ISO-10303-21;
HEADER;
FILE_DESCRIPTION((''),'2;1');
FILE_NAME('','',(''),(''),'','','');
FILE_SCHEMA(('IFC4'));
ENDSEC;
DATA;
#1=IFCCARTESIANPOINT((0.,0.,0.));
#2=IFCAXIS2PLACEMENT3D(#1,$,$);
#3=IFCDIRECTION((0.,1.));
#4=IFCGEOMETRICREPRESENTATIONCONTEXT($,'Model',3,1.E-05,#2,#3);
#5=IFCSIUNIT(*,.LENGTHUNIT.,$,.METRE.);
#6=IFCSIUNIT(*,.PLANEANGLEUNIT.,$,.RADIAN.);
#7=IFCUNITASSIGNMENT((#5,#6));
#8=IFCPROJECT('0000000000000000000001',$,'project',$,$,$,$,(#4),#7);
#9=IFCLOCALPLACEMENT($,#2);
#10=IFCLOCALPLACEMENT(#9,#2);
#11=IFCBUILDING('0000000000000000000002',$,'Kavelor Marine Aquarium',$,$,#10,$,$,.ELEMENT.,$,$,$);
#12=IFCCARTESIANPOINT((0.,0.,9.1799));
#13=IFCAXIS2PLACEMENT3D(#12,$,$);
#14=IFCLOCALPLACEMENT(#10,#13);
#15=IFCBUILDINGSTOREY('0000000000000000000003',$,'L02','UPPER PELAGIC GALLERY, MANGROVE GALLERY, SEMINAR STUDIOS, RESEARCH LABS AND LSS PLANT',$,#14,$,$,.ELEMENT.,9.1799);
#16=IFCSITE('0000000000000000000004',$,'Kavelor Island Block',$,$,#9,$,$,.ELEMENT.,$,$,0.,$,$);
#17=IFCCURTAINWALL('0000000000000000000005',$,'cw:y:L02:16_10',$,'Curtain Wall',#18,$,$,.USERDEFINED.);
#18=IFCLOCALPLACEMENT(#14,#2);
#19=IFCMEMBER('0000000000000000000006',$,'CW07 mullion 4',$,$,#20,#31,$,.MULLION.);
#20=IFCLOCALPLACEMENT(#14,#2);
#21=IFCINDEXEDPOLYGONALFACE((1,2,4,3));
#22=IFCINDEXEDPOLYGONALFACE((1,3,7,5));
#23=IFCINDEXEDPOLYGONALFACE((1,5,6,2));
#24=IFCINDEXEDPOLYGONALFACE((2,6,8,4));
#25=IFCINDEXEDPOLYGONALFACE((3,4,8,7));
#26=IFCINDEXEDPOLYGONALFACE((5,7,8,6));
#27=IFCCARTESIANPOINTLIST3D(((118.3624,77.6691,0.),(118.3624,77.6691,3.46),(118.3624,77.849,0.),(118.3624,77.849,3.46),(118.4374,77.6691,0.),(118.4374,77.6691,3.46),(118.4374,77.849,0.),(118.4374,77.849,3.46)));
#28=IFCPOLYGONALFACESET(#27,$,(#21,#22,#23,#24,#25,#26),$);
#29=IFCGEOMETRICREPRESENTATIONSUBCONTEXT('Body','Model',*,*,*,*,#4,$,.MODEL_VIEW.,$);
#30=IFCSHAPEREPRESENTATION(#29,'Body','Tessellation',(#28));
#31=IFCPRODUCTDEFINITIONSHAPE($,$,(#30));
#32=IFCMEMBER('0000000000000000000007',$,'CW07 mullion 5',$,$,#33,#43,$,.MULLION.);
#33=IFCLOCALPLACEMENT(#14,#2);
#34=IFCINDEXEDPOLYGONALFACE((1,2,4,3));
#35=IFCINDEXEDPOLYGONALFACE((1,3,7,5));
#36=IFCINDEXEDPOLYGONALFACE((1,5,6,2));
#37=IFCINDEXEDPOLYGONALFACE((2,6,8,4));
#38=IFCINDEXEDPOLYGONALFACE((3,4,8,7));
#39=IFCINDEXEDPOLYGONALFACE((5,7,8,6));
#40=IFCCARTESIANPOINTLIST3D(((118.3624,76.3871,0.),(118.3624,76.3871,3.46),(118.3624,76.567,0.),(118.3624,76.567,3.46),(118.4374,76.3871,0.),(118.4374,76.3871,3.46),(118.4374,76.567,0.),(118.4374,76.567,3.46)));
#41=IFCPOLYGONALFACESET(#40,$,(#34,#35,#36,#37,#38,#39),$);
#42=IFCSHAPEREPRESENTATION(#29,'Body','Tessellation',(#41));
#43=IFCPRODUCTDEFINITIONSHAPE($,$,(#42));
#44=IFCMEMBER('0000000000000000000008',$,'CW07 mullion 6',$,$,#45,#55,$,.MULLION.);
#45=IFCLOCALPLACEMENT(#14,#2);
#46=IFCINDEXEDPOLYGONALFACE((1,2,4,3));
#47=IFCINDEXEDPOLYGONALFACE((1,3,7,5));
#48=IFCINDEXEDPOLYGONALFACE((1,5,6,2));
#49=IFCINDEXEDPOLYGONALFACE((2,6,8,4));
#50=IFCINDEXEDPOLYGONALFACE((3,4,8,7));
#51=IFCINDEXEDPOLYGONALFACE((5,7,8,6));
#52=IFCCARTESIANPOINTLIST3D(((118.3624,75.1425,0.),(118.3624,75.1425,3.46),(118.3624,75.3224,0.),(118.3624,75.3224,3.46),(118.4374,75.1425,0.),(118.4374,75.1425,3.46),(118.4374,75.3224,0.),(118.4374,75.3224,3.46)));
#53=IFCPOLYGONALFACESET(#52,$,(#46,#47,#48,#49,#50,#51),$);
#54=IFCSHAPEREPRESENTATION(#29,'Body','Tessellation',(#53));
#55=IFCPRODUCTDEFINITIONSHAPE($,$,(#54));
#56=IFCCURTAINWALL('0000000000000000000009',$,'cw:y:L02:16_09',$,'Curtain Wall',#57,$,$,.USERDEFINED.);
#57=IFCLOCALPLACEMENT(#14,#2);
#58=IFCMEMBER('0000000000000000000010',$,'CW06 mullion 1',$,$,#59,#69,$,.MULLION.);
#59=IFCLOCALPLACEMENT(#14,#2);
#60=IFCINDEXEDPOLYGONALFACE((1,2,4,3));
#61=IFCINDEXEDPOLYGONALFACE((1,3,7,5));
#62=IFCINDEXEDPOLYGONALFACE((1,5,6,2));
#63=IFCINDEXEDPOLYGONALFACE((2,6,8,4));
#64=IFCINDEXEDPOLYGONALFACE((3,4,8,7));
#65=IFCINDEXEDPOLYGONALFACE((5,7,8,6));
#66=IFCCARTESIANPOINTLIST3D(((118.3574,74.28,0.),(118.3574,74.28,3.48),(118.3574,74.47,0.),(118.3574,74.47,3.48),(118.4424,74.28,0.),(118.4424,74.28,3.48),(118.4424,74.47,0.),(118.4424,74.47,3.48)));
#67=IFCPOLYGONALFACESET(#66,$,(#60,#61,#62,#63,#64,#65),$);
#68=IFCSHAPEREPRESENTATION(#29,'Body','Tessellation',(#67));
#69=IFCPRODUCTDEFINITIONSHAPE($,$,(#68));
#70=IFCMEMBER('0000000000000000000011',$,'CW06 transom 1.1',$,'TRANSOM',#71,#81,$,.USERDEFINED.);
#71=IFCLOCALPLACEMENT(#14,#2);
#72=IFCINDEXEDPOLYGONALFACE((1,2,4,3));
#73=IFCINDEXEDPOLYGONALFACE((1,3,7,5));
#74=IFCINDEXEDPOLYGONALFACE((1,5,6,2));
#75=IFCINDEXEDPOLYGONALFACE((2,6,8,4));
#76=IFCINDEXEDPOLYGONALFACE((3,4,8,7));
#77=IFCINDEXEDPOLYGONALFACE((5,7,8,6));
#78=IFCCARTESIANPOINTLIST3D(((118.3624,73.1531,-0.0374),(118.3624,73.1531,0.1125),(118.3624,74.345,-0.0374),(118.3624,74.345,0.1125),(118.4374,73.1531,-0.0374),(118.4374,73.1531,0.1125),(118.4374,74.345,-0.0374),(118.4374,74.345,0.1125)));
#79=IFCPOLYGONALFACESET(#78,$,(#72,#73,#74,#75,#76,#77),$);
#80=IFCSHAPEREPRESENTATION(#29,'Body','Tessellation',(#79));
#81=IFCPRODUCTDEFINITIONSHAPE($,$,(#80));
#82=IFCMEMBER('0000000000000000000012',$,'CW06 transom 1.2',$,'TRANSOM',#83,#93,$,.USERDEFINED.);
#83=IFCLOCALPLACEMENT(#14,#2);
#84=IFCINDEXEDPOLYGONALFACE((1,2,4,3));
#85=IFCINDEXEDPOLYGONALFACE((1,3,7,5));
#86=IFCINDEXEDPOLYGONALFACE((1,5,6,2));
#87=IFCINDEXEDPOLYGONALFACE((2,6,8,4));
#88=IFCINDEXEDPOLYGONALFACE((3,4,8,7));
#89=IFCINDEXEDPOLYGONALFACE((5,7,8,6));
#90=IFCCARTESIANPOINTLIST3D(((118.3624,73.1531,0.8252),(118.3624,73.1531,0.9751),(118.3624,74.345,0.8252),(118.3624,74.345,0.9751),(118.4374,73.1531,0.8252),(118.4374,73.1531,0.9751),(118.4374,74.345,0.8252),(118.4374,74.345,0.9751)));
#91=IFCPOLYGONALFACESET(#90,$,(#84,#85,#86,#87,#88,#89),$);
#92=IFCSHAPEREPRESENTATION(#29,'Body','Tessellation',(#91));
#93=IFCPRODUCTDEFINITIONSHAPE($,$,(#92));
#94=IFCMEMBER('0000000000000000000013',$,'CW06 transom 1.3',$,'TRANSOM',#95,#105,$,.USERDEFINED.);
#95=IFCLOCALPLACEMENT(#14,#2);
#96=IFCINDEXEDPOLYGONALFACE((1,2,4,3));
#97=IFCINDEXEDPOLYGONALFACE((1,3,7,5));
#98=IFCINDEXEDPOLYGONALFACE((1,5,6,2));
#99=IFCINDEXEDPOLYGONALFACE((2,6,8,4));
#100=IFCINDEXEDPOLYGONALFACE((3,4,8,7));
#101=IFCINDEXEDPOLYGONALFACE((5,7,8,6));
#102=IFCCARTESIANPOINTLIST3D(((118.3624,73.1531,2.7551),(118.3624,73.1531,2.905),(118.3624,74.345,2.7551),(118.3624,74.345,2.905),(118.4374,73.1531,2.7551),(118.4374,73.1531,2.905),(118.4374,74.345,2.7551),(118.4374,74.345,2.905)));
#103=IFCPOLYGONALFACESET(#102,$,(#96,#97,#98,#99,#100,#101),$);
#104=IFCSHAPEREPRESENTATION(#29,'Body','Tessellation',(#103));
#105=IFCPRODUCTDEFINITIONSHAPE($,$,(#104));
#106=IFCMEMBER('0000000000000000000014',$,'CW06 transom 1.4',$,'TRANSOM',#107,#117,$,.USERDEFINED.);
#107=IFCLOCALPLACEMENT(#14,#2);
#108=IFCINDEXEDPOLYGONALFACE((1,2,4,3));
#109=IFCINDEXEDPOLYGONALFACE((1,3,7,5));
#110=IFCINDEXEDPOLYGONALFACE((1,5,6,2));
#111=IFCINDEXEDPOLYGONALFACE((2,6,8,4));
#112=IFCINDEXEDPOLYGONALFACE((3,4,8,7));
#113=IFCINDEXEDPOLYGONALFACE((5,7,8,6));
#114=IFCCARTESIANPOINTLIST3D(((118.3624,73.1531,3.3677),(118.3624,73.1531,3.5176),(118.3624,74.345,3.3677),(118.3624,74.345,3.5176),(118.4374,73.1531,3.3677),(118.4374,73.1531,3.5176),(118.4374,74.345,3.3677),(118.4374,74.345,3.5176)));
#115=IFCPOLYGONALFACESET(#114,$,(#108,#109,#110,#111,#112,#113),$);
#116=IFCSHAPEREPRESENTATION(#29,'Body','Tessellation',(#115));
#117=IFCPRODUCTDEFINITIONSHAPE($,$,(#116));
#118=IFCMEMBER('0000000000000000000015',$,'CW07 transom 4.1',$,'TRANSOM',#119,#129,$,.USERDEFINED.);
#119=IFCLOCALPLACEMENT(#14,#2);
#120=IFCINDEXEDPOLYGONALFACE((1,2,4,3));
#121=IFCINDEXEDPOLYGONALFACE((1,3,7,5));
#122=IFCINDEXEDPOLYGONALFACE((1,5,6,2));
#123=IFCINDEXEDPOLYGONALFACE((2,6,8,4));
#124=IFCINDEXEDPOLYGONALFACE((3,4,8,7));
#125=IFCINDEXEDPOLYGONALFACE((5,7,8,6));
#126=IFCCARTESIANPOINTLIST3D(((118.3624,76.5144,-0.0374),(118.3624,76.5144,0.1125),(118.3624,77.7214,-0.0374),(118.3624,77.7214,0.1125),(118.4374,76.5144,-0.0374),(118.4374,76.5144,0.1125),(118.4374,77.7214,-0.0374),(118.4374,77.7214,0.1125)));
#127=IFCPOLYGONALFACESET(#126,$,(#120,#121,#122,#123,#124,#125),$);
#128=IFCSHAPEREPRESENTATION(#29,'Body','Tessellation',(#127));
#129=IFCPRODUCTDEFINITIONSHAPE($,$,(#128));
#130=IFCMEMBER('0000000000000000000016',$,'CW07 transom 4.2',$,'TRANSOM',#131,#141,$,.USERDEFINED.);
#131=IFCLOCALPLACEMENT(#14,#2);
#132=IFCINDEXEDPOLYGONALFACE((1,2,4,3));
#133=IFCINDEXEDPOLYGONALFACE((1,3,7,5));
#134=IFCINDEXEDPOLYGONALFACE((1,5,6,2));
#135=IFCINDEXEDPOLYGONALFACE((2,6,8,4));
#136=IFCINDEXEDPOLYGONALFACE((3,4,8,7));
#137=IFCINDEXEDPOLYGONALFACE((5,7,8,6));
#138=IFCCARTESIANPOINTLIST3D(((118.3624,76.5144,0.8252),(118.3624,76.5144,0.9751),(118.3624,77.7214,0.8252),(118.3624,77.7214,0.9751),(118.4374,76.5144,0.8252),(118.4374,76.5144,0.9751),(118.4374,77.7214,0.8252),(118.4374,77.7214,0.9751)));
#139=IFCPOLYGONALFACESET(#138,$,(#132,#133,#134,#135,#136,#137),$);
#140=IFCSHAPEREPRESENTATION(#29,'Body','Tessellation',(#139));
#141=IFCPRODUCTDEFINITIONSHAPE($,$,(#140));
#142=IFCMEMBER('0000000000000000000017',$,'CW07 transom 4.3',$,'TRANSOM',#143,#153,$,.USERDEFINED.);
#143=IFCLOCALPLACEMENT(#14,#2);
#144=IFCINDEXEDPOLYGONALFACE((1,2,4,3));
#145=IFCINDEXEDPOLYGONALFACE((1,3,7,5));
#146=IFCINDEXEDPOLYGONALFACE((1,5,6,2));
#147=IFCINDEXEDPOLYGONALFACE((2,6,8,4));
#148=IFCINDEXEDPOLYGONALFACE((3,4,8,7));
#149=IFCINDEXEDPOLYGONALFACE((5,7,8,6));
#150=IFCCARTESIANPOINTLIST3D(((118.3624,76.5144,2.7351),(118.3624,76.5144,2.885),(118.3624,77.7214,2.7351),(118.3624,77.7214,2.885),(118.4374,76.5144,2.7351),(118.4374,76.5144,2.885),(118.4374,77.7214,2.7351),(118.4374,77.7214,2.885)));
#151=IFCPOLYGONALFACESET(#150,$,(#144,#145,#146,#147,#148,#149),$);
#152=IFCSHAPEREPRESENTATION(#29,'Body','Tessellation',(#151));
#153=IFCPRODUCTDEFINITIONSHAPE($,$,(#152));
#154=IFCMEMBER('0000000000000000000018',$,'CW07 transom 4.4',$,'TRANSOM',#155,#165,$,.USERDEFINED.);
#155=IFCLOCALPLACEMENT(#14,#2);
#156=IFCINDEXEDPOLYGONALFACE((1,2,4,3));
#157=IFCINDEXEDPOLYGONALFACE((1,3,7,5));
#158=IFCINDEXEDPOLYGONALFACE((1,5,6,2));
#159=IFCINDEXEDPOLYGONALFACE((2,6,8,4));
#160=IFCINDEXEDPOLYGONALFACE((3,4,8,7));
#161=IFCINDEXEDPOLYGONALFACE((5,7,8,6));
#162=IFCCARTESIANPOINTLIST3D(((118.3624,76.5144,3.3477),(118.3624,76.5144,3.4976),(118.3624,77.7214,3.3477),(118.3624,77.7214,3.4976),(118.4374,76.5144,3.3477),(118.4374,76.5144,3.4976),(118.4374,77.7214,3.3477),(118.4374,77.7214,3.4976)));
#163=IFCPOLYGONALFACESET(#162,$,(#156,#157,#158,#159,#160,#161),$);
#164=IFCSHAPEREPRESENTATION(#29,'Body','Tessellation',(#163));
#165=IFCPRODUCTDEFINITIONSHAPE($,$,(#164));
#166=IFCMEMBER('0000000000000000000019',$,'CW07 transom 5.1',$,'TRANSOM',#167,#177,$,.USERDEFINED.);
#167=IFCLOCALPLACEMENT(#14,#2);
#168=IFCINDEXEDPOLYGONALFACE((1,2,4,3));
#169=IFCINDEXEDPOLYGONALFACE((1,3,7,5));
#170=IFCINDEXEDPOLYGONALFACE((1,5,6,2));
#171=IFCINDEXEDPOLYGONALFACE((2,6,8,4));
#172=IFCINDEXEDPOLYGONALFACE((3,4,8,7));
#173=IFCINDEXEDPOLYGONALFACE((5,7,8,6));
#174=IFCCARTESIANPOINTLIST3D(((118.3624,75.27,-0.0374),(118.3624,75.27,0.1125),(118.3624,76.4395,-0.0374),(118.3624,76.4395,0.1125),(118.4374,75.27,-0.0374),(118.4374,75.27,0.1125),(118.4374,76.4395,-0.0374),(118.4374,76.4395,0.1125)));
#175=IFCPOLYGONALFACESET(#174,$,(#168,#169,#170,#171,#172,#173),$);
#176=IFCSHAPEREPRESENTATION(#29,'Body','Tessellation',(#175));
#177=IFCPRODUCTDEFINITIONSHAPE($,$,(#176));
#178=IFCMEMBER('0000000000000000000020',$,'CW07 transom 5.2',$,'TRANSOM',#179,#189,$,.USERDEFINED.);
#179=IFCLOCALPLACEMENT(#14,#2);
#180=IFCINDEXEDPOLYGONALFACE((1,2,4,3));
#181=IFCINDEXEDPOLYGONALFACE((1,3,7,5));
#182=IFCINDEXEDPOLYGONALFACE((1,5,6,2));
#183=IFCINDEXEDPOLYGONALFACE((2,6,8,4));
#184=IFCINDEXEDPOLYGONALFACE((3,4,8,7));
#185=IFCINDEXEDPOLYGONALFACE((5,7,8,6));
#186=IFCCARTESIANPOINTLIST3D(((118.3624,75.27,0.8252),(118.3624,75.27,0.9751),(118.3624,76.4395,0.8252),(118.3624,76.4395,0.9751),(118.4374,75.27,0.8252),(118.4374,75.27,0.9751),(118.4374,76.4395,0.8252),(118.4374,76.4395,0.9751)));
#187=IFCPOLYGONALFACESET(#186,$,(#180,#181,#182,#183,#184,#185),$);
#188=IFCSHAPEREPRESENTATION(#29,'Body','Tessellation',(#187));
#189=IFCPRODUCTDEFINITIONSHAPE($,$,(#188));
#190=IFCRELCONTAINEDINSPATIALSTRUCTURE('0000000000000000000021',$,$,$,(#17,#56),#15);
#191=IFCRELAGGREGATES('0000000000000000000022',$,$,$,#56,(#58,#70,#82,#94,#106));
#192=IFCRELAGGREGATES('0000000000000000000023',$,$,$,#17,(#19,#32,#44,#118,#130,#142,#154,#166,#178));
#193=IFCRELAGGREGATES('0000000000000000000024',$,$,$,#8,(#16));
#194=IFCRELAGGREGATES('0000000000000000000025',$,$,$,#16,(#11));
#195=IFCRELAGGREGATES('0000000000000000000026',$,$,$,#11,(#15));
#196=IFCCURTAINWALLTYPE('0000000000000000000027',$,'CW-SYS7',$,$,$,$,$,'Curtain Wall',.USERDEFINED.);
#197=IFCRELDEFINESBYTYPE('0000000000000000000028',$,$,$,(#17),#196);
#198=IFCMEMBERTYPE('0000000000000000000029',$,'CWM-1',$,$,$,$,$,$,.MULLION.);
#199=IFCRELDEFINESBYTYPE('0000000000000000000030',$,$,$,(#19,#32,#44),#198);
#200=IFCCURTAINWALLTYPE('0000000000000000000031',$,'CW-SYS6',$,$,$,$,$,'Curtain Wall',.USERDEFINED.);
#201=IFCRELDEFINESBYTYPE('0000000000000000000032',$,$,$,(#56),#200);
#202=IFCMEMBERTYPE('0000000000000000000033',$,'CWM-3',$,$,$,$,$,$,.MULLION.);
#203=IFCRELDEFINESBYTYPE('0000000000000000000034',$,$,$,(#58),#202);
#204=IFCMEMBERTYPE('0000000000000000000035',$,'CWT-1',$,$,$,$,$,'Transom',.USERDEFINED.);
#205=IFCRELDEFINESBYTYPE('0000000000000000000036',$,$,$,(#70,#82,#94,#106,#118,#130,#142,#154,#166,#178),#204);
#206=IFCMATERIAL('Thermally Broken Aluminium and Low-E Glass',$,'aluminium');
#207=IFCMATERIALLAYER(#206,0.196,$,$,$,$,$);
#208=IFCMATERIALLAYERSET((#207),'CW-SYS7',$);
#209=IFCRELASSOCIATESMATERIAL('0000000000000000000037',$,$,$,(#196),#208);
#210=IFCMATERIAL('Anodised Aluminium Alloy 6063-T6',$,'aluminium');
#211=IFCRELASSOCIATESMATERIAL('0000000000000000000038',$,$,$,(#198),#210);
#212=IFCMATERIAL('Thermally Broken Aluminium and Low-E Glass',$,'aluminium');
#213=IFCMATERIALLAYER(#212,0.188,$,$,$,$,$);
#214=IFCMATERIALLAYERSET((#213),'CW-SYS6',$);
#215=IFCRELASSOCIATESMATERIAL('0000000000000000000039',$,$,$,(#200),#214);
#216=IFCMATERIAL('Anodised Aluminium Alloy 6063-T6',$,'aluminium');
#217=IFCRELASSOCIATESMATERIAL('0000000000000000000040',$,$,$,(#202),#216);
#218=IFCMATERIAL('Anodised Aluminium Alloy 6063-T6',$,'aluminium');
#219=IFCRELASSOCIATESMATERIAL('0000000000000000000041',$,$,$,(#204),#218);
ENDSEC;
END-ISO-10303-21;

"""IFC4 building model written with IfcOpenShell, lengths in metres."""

from ifc_helpers import new_model, si_unit, direction, frame, origin, origin_2d, place, context, subcontext, project, spatial, rectangle, extrude, material, layer, layer_set, material_profile, profile_set, type_object, element, aggregate, save


model = new_model("IFC4")

# Units and contexts
model_context = context("Model", 3, precision=1e-05, world=origin(), true_north=direction((0.0, 1.0)))
body_context = subcontext(model_context, "Body", "Model", "MODEL_VIEW")
ifc_project = project(units=[si_unit("LENGTHUNIT", "METRE"), si_unit("PLANEANGLEUNIT", "RADIAN")], contexts=[model_context])

# Site, building, storey
site_placement = place(None, origin())
site = spatial("IfcSite", under=ifc_project, at=site_placement, Name="Kavelor Island Block", CompositionType="ELEMENT", RefElevation=0.0)
building_placement = place(site_placement, origin())
building = spatial("IfcBuilding", under=site, at=building_placement, Name="Kavelor Marine Aquarium", CompositionType="ELEMENT")
storey_placement = place(building_placement, frame((0.0, 0.0, 9.1799)))
storey = spatial("IfcBuildingStorey", under=building, at=storey_placement, Name="L02", Description="UPPER PELAGIC GALLERY, MANGROVE GALLERY, SEMINAR STUDIOS, RESEARCH LABS AND LSS PLANT", CompositionType="ELEMENT", Elevation=9.1799)

# Curtain walls, members
ifc_material_1 = material(Name="Thermally Broken Aluminium and Low-E Glass", Category="aluminium")
ifc_layer_1 = layer(ifc_material_1, 0.196)
ifc_layer_set_1 = layer_set([ifc_layer_1], Name="CW-SYS7")
curtain_wall_type_1 = type_object("IfcCurtainWallType", Name="CW-SYS7", ElementType="Curtain Wall", PredefinedType="USERDEFINED", material=ifc_layer_set_1)
curtain_wall_1_placement = place(storey_placement, origin())
curtain_wall_1 = element("IfcCurtainWall", 1, at=curtain_wall_1_placement, inside=storey, type_object=curtain_wall_type_1, Name="cw:y:L02:16_10", ObjectType="Curtain Wall", PredefinedType="USERDEFINED")
ifc_material_2 = material(Name="Anodised Aluminium Alloy 6063-T6", Category="aluminium")
ifc_material_profile_1 = material_profile(ifc_material_2, rectangle(XDim=0.075, YDim=0.1799, at=origin_2d()), Name="CW-MUL 75x180")
ifc_profile_set_1 = profile_set([ifc_material_profile_1], Name="Anodised Aluminium Alloy 6063-T6")
member_type_1 = type_object("IfcMemberType", Name="CWM-1", PredefinedType="MULLION", material=ifc_profile_set_1)
member_1_placement = place(storey_placement, frame((118.3999, 77.759, 0.0), z_axis=(0.0, 0.0, 1.0), x_axis=(1.0, 0.0, 0.0)))
member_1 = element("IfcMember", 2, at=member_1_placement, type_object=member_type_1, Name="CW07 mullion 4", PredefinedType="MULLION", context=body_context, shape_type="SweptSolid", body=[
    extrude(rectangle(XDim=0.075, YDim=0.1799, at=origin_2d()), origin(), (0.0, 0.0, 1.0), 3.46),
])
member_2_placement = place(storey_placement, frame((118.3999, 76.4771, 0.0), z_axis=(0.0, 0.0, 1.0), x_axis=(1.0, 0.0, 0.0)))
member_2 = element("IfcMember", 3, at=member_2_placement, type_object=member_type_1, Name="CW07 mullion 5", PredefinedType="MULLION", context=body_context, shape_type="SweptSolid", body=[
    extrude(rectangle(XDim=0.075, YDim=0.1799, at=origin_2d()), origin(), (0.0, 0.0, 1.0), 3.46),
])
member_3_placement = place(storey_placement, frame((118.3999, 75.2324, 0.0), z_axis=(0.0, 0.0, 1.0), x_axis=(1.0, 0.0, 0.0)))
member_3 = element("IfcMember", 4, at=member_3_placement, type_object=member_type_1, Name="CW07 mullion 6", PredefinedType="MULLION", context=body_context, shape_type="SweptSolid", body=[
    extrude(rectangle(XDim=0.075, YDim=0.1799, at=origin_2d()), origin(), (0.0, 0.0, 1.0), 3.46),
])
ifc_material_3 = material(Name="Thermally Broken Aluminium and Low-E Glass", Category="aluminium")
ifc_layer_2 = layer(ifc_material_3, 0.188)
ifc_layer_set_2 = layer_set([ifc_layer_2], Name="CW-SYS6")
curtain_wall_type_2 = type_object("IfcCurtainWallType", Name="CW-SYS6", ElementType="Curtain Wall", PredefinedType="USERDEFINED", material=ifc_layer_set_2)
curtain_wall_2_placement = place(storey_placement, origin())
curtain_wall_2 = element("IfcCurtainWall", 5, at=curtain_wall_2_placement, inside=storey, type_object=curtain_wall_type_2, Name="cw:y:L02:16_09", ObjectType="Curtain Wall", PredefinedType="USERDEFINED")
ifc_material_4 = material(Name="Anodised Aluminium Alloy 6063-T6", Category="aluminium")
ifc_material_profile_2 = material_profile(ifc_material_4, rectangle(XDim=0.085, YDim=0.1899, at=origin_2d()), Name="CW-MUL 85x190")
ifc_profile_set_2 = profile_set([ifc_material_profile_2], Name="Anodised Aluminium Alloy 6063-T6")
member_type_2 = type_object("IfcMemberType", Name="CWM-3", PredefinedType="MULLION", material=ifc_profile_set_2)
member_4_placement = place(storey_placement, frame((118.3999, 74.375, 0.0), z_axis=(0.0, 0.0, 1.0), x_axis=(1.0, 0.0, 0.0)))
member_4 = element("IfcMember", 6, at=member_4_placement, type_object=member_type_2, Name="CW06 mullion 1", PredefinedType="MULLION", context=body_context, shape_type="SweptSolid", body=[
    extrude(rectangle(XDim=0.085, YDim=0.1899, at=origin_2d()), origin(), (0.0, 0.0, 1.0), 3.48),
])
ifc_material_5 = material(Name="Anodised Aluminium Alloy 6063-T6", Category="aluminium")
ifc_material_profile_3 = material_profile(ifc_material_5, rectangle(XDim=0.075, YDim=0.1499, at=origin_2d()), Name="CW-TRN 75x150")
ifc_profile_set_3 = profile_set([ifc_material_profile_3], Name="Anodised Aluminium Alloy 6063-T6")
member_type_3 = type_object("IfcMemberType", Name="CWT-1", ElementType="Transom", PredefinedType="USERDEFINED", material=ifc_profile_set_3)
member_5_placement = place(storey_placement, frame((118.3999, 74.345, 0.0376), z_axis=(0.0, -1.0, 0.0), x_axis=(1.0, 0.0, 0.0)))
member_5 = element("IfcMember", 7, at=member_5_placement, type_object=member_type_3, Name="CW06 transom 1.1", ObjectType="TRANSOM", PredefinedType="USERDEFINED", context=body_context, shape_type="SweptSolid", body=[
    extrude(rectangle(XDim=0.075, YDim=0.1499, at=origin_2d()), origin(), (0.0, 0.0, 1.0), 1.1919),
])
member_6_placement = place(storey_placement, frame((118.3999, 74.345, 0.9001), z_axis=(0.0, -1.0, 0.0), x_axis=(1.0, 0.0, 0.0)))
member_6 = element("IfcMember", 8, at=member_6_placement, type_object=member_type_3, Name="CW06 transom 1.2", ObjectType="TRANSOM", PredefinedType="USERDEFINED", context=body_context, shape_type="SweptSolid", body=[
    extrude(rectangle(XDim=0.075, YDim=0.1499, at=origin_2d()), origin(), (0.0, 0.0, 1.0), 1.1919),
])
member_7_placement = place(storey_placement, frame((118.3999, 74.345, 2.8301), z_axis=(0.0, -1.0, 0.0), x_axis=(1.0, 0.0, 0.0)))
member_7 = element("IfcMember", 9, at=member_7_placement, type_object=member_type_3, Name="CW06 transom 1.3", ObjectType="TRANSOM", PredefinedType="USERDEFINED", context=body_context, shape_type="SweptSolid", body=[
    extrude(rectangle(XDim=0.075, YDim=0.1499, at=origin_2d()), origin(), (0.0, 0.0, 1.0), 1.1919),
])
member_8_placement = place(storey_placement, frame((118.3999, 74.345, 3.4426), z_axis=(0.0, -1.0, 0.0), x_axis=(1.0, 0.0, 0.0)))
member_8 = element("IfcMember", 10, at=member_8_placement, type_object=member_type_3, Name="CW06 transom 1.4", ObjectType="TRANSOM", PredefinedType="USERDEFINED", context=body_context, shape_type="SweptSolid", body=[
    extrude(rectangle(XDim=0.075, YDim=0.1499, at=origin_2d()), origin(), (0.0, 0.0, 1.0), 1.1919),
])

# Members
member_9_placement = place(storey_placement, frame((118.3999, 77.7214, 0.0376), z_axis=(0.0, -1.0, 0.0), x_axis=(1.0, 0.0, 0.0)))
member_9 = element("IfcMember", 11, at=member_9_placement, type_object=member_type_3, Name="CW07 transom 4.1", ObjectType="TRANSOM", PredefinedType="USERDEFINED", context=body_context, shape_type="SweptSolid", body=[
    extrude(rectangle(XDim=0.075, YDim=0.1499, at=origin_2d()), origin(), (0.0, 0.0, 1.0), 1.207),
])
member_10_placement = place(storey_placement, frame((118.3999, 77.7214, 0.9001), z_axis=(0.0, -1.0, 0.0), x_axis=(1.0, 0.0, 0.0)))
member_10 = element("IfcMember", 12, at=member_10_placement, type_object=member_type_3, Name="CW07 transom 4.2", ObjectType="TRANSOM", PredefinedType="USERDEFINED", context=body_context, shape_type="SweptSolid", body=[
    extrude(rectangle(XDim=0.075, YDim=0.1499, at=origin_2d()), origin(), (0.0, 0.0, 1.0), 1.207),
])
member_11_placement = place(storey_placement, frame((118.3999, 77.7214, 2.8101), z_axis=(0.0, -1.0, 0.0), x_axis=(1.0, 0.0, 0.0)))
member_11 = element("IfcMember", 13, at=member_11_placement, type_object=member_type_3, Name="CW07 transom 4.3", ObjectType="TRANSOM", PredefinedType="USERDEFINED", context=body_context, shape_type="SweptSolid", body=[
    extrude(rectangle(XDim=0.075, YDim=0.1499, at=origin_2d()), origin(), (0.0, 0.0, 1.0), 1.207),
])
member_12_placement = place(storey_placement, frame((118.3999, 77.7214, 3.4226), z_axis=(0.0, -1.0, 0.0), x_axis=(1.0, 0.0, 0.0)))
member_12 = element("IfcMember", 14, at=member_12_placement, type_object=member_type_3, Name="CW07 transom 4.4", ObjectType="TRANSOM", PredefinedType="USERDEFINED", context=body_context, shape_type="SweptSolid", body=[
    extrude(rectangle(XDim=0.075, YDim=0.1499, at=origin_2d()), origin(), (0.0, 0.0, 1.0), 1.207),
])
member_13_placement = place(storey_placement, frame((118.3999, 76.4395, 0.0376), z_axis=(0.0, -1.0, 0.0), x_axis=(1.0, 0.0, 0.0)))
member_13 = element("IfcMember", 15, at=member_13_placement, type_object=member_type_3, Name="CW07 transom 5.1", ObjectType="TRANSOM", PredefinedType="USERDEFINED", context=body_context, shape_type="SweptSolid", body=[
    extrude(rectangle(XDim=0.075, YDim=0.1499, at=origin_2d()), origin(), (0.0, 0.0, 1.0), 1.1694),
])
member_14_placement = place(storey_placement, frame((118.3999, 76.4395, 0.9001), z_axis=(0.0, -1.0, 0.0), x_axis=(1.0, 0.0, 0.0)))
member_14 = element("IfcMember", 16, at=member_14_placement, type_object=member_type_3, Name="CW07 transom 5.2", ObjectType="TRANSOM", PredefinedType="USERDEFINED", context=body_context, shape_type="SweptSolid", body=[
    extrude(rectangle(XDim=0.075, YDim=0.1499, at=origin_2d()), origin(), (0.0, 0.0, 1.0), 1.1694),
])

aggregate(curtain_wall_2, [member_4, member_5, member_6, member_7, member_8])
aggregate(curtain_wall_1, [member_1, member_2, member_3, member_9, member_10, member_11, member_12, member_13, member_14])

save(model, "model.ifc")
